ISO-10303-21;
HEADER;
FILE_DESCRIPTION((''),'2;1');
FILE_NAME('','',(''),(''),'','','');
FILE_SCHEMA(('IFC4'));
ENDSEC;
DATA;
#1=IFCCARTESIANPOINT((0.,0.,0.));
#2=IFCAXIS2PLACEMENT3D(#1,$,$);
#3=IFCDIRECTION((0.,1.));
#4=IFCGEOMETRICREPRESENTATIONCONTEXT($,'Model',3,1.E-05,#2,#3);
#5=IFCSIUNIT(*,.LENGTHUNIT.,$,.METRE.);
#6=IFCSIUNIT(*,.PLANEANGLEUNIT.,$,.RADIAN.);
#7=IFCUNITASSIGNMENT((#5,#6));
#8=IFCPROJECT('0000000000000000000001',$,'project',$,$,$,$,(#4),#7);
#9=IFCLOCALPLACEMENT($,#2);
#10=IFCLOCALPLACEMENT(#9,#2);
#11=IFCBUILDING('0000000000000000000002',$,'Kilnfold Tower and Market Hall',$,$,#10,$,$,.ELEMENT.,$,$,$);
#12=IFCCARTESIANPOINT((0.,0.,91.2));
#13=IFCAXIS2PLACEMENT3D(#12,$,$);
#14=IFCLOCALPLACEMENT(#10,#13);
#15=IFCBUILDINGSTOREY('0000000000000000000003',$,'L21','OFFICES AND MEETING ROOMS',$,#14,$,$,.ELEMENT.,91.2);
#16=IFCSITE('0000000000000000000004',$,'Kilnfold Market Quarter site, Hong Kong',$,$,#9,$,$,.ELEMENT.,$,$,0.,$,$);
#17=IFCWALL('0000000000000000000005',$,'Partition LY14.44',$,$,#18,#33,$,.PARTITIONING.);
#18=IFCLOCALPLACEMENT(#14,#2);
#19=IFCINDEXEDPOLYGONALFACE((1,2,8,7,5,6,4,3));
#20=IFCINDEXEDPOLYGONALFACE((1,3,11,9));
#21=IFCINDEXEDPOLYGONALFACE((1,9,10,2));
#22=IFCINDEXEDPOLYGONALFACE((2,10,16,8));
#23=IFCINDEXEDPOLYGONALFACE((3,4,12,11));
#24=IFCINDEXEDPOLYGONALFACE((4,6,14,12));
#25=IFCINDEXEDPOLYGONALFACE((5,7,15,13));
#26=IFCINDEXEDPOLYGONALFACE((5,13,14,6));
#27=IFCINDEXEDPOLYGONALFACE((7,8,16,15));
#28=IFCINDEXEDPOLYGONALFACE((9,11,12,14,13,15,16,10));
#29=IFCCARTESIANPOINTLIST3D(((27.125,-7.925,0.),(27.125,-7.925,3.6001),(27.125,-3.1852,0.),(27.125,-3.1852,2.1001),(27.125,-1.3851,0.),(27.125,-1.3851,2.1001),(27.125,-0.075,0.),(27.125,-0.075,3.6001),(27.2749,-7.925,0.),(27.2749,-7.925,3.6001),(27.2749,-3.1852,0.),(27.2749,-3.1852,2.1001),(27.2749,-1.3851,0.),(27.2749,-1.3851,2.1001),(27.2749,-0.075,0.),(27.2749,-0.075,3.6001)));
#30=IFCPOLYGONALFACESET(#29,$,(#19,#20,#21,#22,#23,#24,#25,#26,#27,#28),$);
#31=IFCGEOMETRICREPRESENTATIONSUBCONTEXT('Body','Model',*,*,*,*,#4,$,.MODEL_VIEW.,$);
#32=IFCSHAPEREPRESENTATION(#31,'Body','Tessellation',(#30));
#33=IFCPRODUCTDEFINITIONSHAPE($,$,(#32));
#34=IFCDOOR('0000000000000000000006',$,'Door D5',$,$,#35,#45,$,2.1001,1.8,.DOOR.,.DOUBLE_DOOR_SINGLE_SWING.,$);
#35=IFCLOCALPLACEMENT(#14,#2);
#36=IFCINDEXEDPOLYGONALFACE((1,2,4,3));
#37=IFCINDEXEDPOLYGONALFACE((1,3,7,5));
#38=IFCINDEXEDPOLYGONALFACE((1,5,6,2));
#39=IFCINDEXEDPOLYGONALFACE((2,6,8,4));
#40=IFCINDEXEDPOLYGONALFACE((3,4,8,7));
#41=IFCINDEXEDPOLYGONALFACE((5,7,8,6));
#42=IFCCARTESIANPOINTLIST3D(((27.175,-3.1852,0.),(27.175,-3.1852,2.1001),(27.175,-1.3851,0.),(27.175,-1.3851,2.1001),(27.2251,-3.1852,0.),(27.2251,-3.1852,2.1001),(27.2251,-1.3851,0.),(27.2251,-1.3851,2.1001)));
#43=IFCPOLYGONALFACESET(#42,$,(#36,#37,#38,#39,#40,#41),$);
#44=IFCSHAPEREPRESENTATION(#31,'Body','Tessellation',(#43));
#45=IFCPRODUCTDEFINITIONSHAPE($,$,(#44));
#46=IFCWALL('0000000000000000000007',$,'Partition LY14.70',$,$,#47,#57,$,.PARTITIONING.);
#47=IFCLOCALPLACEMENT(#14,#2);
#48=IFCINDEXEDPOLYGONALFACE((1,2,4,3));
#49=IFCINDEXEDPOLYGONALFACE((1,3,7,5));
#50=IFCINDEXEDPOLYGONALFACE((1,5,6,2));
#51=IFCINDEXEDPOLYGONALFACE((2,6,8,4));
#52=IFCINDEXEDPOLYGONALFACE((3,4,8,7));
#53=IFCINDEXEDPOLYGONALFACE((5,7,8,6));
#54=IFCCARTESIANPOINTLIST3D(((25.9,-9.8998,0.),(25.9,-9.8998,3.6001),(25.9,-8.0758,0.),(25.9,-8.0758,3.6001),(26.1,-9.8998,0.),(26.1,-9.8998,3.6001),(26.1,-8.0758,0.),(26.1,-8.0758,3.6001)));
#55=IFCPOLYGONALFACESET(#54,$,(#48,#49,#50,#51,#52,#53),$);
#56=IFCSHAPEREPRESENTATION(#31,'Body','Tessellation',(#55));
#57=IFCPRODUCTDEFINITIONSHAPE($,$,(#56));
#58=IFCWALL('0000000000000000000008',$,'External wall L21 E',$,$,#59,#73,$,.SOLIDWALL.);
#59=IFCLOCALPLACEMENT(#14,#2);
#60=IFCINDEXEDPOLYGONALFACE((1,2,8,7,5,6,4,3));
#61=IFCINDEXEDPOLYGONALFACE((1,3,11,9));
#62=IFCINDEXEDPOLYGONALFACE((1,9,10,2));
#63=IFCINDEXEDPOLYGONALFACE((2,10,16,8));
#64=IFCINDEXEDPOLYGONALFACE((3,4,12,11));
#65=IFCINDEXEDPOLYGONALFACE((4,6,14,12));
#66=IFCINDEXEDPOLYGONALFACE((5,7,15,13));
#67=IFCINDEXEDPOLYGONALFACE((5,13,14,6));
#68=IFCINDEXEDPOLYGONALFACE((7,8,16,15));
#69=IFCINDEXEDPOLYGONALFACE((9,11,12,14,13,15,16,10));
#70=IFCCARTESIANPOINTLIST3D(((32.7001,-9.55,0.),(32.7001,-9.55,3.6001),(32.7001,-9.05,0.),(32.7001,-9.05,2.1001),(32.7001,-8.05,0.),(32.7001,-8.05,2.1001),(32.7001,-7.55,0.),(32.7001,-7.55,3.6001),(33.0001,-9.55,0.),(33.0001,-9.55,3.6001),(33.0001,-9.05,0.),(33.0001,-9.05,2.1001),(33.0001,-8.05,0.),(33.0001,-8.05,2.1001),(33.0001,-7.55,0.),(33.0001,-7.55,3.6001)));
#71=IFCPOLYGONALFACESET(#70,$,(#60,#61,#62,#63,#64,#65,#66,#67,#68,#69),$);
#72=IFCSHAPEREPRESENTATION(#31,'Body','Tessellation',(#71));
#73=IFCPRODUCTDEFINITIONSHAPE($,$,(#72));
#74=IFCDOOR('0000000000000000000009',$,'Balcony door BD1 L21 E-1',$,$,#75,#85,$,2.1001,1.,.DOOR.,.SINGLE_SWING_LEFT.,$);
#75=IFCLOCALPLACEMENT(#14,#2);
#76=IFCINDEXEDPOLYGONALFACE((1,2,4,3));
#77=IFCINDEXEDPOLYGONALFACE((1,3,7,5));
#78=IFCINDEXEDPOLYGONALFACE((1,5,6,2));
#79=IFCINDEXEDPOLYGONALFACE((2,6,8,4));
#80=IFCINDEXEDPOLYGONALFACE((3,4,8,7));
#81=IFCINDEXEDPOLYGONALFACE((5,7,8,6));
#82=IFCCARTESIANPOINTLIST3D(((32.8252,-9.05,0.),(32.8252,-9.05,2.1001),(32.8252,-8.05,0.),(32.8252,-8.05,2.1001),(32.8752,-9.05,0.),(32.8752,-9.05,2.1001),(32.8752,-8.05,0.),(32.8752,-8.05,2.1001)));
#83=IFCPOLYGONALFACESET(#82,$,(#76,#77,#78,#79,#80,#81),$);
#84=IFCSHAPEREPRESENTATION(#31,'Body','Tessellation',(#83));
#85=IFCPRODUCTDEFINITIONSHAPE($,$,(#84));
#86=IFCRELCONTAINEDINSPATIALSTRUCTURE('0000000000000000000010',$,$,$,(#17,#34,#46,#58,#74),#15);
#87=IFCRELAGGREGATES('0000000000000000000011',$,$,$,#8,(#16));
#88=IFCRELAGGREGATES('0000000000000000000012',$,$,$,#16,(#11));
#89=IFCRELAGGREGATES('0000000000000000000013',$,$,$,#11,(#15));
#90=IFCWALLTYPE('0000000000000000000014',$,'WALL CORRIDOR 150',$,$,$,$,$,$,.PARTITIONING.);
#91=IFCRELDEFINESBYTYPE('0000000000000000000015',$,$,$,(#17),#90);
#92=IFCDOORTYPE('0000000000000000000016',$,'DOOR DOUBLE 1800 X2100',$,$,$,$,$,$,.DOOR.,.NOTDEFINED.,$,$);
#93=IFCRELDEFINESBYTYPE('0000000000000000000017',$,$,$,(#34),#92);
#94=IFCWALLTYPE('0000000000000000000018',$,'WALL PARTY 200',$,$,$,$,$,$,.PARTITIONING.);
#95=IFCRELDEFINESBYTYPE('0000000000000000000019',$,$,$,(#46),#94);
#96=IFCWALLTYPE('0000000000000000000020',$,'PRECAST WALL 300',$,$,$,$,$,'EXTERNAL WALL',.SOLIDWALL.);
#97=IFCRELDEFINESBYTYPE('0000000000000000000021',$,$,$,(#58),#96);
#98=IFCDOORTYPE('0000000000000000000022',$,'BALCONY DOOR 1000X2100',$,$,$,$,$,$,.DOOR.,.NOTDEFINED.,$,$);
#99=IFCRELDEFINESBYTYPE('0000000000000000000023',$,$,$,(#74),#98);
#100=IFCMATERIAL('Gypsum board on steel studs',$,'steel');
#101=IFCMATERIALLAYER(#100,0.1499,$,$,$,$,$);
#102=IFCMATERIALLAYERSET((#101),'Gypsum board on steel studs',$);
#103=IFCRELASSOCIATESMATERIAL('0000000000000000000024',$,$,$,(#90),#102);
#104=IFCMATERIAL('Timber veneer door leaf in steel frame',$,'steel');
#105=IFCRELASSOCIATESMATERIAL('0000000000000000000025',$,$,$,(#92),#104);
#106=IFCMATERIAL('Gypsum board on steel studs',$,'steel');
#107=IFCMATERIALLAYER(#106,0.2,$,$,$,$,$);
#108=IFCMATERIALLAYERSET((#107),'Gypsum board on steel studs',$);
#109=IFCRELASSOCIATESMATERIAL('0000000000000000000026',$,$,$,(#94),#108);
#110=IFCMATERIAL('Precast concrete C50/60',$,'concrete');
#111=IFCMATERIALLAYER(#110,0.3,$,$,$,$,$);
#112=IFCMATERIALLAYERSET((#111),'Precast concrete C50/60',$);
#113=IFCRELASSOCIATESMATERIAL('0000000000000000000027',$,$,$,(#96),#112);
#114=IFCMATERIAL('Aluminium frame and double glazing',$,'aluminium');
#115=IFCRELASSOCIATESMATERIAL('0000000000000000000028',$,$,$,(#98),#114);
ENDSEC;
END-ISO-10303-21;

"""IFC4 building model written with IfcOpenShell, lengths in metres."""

from ifc_helpers import new_model, si_unit, direction, frame, frame_2d, origin, place, context, subcontext, project, spatial, rectangle, extrude, source, transform, mapped, material, layer, layer_set, type_object, element, fill, save


model = new_model("IFC4")

# Units and contexts
model_context = context("Model", 3, precision=1e-05, world=origin(), true_north=direction((0.0, 1.0)))
body_context = subcontext(model_context, "Body", "Model", "MODEL_VIEW")
ifc_project = project(units=[si_unit("LENGTHUNIT", "METRE"), si_unit("PLANEANGLEUNIT", "RADIAN")], contexts=[model_context])

# Site, building, storey
site_placement = place(None, origin())
site = spatial("IfcSite", under=ifc_project, at=site_placement, Name="Kilnfold Market Quarter site, Hong Kong", CompositionType="ELEMENT", RefElevation=0.0)
building_placement = place(site_placement, origin())
building = spatial("IfcBuilding", under=site, at=building_placement, Name="Kilnfold Tower and Market Hall", CompositionType="ELEMENT")
storey_placement = place(building_placement, frame((0.0, 0.0, 91.2)))
storey = spatial("IfcBuildingStorey", under=building, at=storey_placement, Name="L21", Description="OFFICES AND MEETING ROOMS", CompositionType="ELEMENT", Elevation=91.2)

# Shared definitions
ifc_material_1 = material(Name="Gypsum board on steel studs", Category="steel")
ifc_layer_1 = layer(ifc_material_1, 0.1499)
ifc_layer_set_1 = layer_set([ifc_layer_1], Name="Gypsum board on steel studs")
wall_type_1 = type_object("IfcWallType", Name="WALL CORRIDOR 150", PredefinedType="PARTITIONING", material=ifc_layer_set_1)

# Wall, opening, door
wall_1_placement = place(storey_placement, frame((27.2, -7.925, 0.0), z_axis=(0.0, 0.0, 1.0), x_axis=(0.0, 1.0, 0.0)))
wall_1 = element("IfcWall", 1, at=wall_1_placement, inside=storey, type_object=wall_type_1, Name="Partition LY14.44", PredefinedType="PARTITIONING", context=body_context, shape_type="SweptSolid", body=[
    extrude(rectangle(XDim=7.8501, YDim=0.1499, at=frame_2d((3.925, 0.0))), origin(), (0.0, 0.0, 1.0), 3.6001),
])
opening_1_placement = place(wall_1_placement, frame((4.74, 0.0, 0.0)))
opening_1 = element("IfcOpeningElement", 2, at=opening_1_placement, cuts=wall_1, PredefinedType="OPENING", context=body_context, shape_type="SweptSolid", body=[
    extrude(rectangle(XDim=1.8, YDim=2.1001, at=frame_2d((0.8999, 1.05))), frame((0.0, 0.085, 0.0), z_axis=(0.0, -1.0, 0.0), x_axis=(1.0, 0.0, 0.0)), (0.0, 0.0, 1.0), 0.1699),
])
ifc_material_2 = material(Name="Timber veneer door leaf in steel frame", Category="steel")
door_type_1 = type_object("IfcDoorType", Name="DOOR DOUBLE 1800 X2100", OperationType="NOTDEFINED", PredefinedType="DOOR", material=ifc_material_2)
door_1_placement = place(opening_1_placement, origin())
door_1 = element("IfcDoor", 3, at=door_1_placement, inside=storey, type_object=door_type_1, Name="Door D5", OperationType="DOUBLE_DOOR_SINGLE_SWING", OverallHeight=2.1001, OverallWidth=1.8, PredefinedType="DOOR", context=body_context, shape_type="SweptSolid", body=[
    extrude(rectangle(XDim=1.8, YDim=2.1001, at=frame_2d((0.8999, 1.05))), frame((0.0, 0.0249, 0.0), z_axis=(0.0, -1.0, 0.0), x_axis=(1.0, 0.0, 0.0)), (0.0, 0.0, 1.0), 0.05),
])
fill(opening_1, door_1)

# Wall
ifc_material_3 = material(Name="Gypsum board on steel studs", Category="steel")
ifc_layer_2 = layer(ifc_material_3, 0.2)
ifc_layer_set_2 = layer_set([ifc_layer_2], Name="Gypsum board on steel studs")
wall_type_2 = type_object("IfcWallType", Name="WALL PARTY 200", PredefinedType="PARTITIONING", material=ifc_layer_set_2)
wall_2_placement = place(storey_placement, frame((26.0, -9.8999, 0.0), z_axis=(0.0, 0.0, 1.0), x_axis=(0.0, 1.0, 0.0)))
element("IfcWall", 4, at=wall_2_placement, inside=storey, type_object=wall_type_2, Name="Partition LY14.70", PredefinedType="PARTITIONING", context=body_context, shape_type="SweptSolid", body=[
    extrude(rectangle(XDim=1.824, YDim=0.2, at=frame_2d((0.9121, 0.0))), origin(), (0.0, 0.0, 1.0), 3.6001),
])

# Wall, opening, door
ifc_material_4 = material(Name="Precast concrete C50/60", Category="concrete")
ifc_layer_3 = layer(ifc_material_4, 0.3)
ifc_layer_set_3 = layer_set([ifc_layer_3], Name="Precast concrete C50/60")
wall_type_3 = type_object("IfcWallType", Name="PRECAST WALL 300", ElementType="EXTERNAL WALL", PredefinedType="SOLIDWALL", material=ifc_layer_set_3)
shared_shape_1 = source(origin(), body_context, "Body", "SweptSolid", [
    extrude(rectangle(XDim=2.0, YDim=0.3, at=frame_2d((1.0, 0.0))), origin(), (0.0, 0.0, 1.0), 3.6001),
])
wall_3_placement = place(storey_placement, frame((32.8501, -9.55, 0.0), z_axis=(0.0, 0.0, 1.0), x_axis=(0.0, 1.0, 0.0)))
wall_3 = element("IfcWall", 5, at=wall_3_placement, inside=storey, type_object=wall_type_3, Name="External wall L21 E", PredefinedType="SOLIDWALL", context=body_context, shape_type="MappedRepresentation", body=[
    mapped(shared_shape_1, transform((0.0, 0.0, 0.0))),
])
opening_2_placement = place(wall_3_placement, frame((0.5, 0.0, 0.0)))
opening_2 = element("IfcOpeningElement", 6, at=opening_2_placement, cuts=wall_3, PredefinedType="OPENING", context=body_context, shape_type="SweptSolid", body=[
    extrude(rectangle(XDim=1.0, YDim=2.1001, at=frame_2d((0.5, 1.05))), frame((0.0, 0.1602, 0.0), z_axis=(0.0, -1.0, 0.0), x_axis=(1.0, 0.0, 0.0)), (0.0, 0.0, 1.0), 0.3201),
])
ifc_material_5 = material(Name="Aluminium frame and double glazing", Category="aluminium")
door_type_2 = type_object("IfcDoorType", Name="BALCONY DOOR 1000X2100", OperationType="NOTDEFINED", PredefinedType="DOOR", material=ifc_material_5)
door_2_placement = place(opening_2_placement, origin())
door_2 = element("IfcDoor", 7, at=door_2_placement, inside=storey, type_object=door_type_2, Name="Balcony door BD1 L21 E-1", OperationType="SINGLE_SWING_LEFT", OverallHeight=2.1001, OverallWidth=1.0, PredefinedType="DOOR", context=body_context, shape_type="SweptSolid", body=[
    extrude(rectangle(XDim=1.0, YDim=2.1001, at=frame_2d((0.5, 1.05))), frame((0.0, 0.0249, 0.0), z_axis=(0.0, -1.0, 0.0), x_axis=(1.0, 0.0, 0.0)), (0.0, 0.0, 1.0), 0.05),
])
fill(opening_2, door_2)

save(model, "model.ifc")
